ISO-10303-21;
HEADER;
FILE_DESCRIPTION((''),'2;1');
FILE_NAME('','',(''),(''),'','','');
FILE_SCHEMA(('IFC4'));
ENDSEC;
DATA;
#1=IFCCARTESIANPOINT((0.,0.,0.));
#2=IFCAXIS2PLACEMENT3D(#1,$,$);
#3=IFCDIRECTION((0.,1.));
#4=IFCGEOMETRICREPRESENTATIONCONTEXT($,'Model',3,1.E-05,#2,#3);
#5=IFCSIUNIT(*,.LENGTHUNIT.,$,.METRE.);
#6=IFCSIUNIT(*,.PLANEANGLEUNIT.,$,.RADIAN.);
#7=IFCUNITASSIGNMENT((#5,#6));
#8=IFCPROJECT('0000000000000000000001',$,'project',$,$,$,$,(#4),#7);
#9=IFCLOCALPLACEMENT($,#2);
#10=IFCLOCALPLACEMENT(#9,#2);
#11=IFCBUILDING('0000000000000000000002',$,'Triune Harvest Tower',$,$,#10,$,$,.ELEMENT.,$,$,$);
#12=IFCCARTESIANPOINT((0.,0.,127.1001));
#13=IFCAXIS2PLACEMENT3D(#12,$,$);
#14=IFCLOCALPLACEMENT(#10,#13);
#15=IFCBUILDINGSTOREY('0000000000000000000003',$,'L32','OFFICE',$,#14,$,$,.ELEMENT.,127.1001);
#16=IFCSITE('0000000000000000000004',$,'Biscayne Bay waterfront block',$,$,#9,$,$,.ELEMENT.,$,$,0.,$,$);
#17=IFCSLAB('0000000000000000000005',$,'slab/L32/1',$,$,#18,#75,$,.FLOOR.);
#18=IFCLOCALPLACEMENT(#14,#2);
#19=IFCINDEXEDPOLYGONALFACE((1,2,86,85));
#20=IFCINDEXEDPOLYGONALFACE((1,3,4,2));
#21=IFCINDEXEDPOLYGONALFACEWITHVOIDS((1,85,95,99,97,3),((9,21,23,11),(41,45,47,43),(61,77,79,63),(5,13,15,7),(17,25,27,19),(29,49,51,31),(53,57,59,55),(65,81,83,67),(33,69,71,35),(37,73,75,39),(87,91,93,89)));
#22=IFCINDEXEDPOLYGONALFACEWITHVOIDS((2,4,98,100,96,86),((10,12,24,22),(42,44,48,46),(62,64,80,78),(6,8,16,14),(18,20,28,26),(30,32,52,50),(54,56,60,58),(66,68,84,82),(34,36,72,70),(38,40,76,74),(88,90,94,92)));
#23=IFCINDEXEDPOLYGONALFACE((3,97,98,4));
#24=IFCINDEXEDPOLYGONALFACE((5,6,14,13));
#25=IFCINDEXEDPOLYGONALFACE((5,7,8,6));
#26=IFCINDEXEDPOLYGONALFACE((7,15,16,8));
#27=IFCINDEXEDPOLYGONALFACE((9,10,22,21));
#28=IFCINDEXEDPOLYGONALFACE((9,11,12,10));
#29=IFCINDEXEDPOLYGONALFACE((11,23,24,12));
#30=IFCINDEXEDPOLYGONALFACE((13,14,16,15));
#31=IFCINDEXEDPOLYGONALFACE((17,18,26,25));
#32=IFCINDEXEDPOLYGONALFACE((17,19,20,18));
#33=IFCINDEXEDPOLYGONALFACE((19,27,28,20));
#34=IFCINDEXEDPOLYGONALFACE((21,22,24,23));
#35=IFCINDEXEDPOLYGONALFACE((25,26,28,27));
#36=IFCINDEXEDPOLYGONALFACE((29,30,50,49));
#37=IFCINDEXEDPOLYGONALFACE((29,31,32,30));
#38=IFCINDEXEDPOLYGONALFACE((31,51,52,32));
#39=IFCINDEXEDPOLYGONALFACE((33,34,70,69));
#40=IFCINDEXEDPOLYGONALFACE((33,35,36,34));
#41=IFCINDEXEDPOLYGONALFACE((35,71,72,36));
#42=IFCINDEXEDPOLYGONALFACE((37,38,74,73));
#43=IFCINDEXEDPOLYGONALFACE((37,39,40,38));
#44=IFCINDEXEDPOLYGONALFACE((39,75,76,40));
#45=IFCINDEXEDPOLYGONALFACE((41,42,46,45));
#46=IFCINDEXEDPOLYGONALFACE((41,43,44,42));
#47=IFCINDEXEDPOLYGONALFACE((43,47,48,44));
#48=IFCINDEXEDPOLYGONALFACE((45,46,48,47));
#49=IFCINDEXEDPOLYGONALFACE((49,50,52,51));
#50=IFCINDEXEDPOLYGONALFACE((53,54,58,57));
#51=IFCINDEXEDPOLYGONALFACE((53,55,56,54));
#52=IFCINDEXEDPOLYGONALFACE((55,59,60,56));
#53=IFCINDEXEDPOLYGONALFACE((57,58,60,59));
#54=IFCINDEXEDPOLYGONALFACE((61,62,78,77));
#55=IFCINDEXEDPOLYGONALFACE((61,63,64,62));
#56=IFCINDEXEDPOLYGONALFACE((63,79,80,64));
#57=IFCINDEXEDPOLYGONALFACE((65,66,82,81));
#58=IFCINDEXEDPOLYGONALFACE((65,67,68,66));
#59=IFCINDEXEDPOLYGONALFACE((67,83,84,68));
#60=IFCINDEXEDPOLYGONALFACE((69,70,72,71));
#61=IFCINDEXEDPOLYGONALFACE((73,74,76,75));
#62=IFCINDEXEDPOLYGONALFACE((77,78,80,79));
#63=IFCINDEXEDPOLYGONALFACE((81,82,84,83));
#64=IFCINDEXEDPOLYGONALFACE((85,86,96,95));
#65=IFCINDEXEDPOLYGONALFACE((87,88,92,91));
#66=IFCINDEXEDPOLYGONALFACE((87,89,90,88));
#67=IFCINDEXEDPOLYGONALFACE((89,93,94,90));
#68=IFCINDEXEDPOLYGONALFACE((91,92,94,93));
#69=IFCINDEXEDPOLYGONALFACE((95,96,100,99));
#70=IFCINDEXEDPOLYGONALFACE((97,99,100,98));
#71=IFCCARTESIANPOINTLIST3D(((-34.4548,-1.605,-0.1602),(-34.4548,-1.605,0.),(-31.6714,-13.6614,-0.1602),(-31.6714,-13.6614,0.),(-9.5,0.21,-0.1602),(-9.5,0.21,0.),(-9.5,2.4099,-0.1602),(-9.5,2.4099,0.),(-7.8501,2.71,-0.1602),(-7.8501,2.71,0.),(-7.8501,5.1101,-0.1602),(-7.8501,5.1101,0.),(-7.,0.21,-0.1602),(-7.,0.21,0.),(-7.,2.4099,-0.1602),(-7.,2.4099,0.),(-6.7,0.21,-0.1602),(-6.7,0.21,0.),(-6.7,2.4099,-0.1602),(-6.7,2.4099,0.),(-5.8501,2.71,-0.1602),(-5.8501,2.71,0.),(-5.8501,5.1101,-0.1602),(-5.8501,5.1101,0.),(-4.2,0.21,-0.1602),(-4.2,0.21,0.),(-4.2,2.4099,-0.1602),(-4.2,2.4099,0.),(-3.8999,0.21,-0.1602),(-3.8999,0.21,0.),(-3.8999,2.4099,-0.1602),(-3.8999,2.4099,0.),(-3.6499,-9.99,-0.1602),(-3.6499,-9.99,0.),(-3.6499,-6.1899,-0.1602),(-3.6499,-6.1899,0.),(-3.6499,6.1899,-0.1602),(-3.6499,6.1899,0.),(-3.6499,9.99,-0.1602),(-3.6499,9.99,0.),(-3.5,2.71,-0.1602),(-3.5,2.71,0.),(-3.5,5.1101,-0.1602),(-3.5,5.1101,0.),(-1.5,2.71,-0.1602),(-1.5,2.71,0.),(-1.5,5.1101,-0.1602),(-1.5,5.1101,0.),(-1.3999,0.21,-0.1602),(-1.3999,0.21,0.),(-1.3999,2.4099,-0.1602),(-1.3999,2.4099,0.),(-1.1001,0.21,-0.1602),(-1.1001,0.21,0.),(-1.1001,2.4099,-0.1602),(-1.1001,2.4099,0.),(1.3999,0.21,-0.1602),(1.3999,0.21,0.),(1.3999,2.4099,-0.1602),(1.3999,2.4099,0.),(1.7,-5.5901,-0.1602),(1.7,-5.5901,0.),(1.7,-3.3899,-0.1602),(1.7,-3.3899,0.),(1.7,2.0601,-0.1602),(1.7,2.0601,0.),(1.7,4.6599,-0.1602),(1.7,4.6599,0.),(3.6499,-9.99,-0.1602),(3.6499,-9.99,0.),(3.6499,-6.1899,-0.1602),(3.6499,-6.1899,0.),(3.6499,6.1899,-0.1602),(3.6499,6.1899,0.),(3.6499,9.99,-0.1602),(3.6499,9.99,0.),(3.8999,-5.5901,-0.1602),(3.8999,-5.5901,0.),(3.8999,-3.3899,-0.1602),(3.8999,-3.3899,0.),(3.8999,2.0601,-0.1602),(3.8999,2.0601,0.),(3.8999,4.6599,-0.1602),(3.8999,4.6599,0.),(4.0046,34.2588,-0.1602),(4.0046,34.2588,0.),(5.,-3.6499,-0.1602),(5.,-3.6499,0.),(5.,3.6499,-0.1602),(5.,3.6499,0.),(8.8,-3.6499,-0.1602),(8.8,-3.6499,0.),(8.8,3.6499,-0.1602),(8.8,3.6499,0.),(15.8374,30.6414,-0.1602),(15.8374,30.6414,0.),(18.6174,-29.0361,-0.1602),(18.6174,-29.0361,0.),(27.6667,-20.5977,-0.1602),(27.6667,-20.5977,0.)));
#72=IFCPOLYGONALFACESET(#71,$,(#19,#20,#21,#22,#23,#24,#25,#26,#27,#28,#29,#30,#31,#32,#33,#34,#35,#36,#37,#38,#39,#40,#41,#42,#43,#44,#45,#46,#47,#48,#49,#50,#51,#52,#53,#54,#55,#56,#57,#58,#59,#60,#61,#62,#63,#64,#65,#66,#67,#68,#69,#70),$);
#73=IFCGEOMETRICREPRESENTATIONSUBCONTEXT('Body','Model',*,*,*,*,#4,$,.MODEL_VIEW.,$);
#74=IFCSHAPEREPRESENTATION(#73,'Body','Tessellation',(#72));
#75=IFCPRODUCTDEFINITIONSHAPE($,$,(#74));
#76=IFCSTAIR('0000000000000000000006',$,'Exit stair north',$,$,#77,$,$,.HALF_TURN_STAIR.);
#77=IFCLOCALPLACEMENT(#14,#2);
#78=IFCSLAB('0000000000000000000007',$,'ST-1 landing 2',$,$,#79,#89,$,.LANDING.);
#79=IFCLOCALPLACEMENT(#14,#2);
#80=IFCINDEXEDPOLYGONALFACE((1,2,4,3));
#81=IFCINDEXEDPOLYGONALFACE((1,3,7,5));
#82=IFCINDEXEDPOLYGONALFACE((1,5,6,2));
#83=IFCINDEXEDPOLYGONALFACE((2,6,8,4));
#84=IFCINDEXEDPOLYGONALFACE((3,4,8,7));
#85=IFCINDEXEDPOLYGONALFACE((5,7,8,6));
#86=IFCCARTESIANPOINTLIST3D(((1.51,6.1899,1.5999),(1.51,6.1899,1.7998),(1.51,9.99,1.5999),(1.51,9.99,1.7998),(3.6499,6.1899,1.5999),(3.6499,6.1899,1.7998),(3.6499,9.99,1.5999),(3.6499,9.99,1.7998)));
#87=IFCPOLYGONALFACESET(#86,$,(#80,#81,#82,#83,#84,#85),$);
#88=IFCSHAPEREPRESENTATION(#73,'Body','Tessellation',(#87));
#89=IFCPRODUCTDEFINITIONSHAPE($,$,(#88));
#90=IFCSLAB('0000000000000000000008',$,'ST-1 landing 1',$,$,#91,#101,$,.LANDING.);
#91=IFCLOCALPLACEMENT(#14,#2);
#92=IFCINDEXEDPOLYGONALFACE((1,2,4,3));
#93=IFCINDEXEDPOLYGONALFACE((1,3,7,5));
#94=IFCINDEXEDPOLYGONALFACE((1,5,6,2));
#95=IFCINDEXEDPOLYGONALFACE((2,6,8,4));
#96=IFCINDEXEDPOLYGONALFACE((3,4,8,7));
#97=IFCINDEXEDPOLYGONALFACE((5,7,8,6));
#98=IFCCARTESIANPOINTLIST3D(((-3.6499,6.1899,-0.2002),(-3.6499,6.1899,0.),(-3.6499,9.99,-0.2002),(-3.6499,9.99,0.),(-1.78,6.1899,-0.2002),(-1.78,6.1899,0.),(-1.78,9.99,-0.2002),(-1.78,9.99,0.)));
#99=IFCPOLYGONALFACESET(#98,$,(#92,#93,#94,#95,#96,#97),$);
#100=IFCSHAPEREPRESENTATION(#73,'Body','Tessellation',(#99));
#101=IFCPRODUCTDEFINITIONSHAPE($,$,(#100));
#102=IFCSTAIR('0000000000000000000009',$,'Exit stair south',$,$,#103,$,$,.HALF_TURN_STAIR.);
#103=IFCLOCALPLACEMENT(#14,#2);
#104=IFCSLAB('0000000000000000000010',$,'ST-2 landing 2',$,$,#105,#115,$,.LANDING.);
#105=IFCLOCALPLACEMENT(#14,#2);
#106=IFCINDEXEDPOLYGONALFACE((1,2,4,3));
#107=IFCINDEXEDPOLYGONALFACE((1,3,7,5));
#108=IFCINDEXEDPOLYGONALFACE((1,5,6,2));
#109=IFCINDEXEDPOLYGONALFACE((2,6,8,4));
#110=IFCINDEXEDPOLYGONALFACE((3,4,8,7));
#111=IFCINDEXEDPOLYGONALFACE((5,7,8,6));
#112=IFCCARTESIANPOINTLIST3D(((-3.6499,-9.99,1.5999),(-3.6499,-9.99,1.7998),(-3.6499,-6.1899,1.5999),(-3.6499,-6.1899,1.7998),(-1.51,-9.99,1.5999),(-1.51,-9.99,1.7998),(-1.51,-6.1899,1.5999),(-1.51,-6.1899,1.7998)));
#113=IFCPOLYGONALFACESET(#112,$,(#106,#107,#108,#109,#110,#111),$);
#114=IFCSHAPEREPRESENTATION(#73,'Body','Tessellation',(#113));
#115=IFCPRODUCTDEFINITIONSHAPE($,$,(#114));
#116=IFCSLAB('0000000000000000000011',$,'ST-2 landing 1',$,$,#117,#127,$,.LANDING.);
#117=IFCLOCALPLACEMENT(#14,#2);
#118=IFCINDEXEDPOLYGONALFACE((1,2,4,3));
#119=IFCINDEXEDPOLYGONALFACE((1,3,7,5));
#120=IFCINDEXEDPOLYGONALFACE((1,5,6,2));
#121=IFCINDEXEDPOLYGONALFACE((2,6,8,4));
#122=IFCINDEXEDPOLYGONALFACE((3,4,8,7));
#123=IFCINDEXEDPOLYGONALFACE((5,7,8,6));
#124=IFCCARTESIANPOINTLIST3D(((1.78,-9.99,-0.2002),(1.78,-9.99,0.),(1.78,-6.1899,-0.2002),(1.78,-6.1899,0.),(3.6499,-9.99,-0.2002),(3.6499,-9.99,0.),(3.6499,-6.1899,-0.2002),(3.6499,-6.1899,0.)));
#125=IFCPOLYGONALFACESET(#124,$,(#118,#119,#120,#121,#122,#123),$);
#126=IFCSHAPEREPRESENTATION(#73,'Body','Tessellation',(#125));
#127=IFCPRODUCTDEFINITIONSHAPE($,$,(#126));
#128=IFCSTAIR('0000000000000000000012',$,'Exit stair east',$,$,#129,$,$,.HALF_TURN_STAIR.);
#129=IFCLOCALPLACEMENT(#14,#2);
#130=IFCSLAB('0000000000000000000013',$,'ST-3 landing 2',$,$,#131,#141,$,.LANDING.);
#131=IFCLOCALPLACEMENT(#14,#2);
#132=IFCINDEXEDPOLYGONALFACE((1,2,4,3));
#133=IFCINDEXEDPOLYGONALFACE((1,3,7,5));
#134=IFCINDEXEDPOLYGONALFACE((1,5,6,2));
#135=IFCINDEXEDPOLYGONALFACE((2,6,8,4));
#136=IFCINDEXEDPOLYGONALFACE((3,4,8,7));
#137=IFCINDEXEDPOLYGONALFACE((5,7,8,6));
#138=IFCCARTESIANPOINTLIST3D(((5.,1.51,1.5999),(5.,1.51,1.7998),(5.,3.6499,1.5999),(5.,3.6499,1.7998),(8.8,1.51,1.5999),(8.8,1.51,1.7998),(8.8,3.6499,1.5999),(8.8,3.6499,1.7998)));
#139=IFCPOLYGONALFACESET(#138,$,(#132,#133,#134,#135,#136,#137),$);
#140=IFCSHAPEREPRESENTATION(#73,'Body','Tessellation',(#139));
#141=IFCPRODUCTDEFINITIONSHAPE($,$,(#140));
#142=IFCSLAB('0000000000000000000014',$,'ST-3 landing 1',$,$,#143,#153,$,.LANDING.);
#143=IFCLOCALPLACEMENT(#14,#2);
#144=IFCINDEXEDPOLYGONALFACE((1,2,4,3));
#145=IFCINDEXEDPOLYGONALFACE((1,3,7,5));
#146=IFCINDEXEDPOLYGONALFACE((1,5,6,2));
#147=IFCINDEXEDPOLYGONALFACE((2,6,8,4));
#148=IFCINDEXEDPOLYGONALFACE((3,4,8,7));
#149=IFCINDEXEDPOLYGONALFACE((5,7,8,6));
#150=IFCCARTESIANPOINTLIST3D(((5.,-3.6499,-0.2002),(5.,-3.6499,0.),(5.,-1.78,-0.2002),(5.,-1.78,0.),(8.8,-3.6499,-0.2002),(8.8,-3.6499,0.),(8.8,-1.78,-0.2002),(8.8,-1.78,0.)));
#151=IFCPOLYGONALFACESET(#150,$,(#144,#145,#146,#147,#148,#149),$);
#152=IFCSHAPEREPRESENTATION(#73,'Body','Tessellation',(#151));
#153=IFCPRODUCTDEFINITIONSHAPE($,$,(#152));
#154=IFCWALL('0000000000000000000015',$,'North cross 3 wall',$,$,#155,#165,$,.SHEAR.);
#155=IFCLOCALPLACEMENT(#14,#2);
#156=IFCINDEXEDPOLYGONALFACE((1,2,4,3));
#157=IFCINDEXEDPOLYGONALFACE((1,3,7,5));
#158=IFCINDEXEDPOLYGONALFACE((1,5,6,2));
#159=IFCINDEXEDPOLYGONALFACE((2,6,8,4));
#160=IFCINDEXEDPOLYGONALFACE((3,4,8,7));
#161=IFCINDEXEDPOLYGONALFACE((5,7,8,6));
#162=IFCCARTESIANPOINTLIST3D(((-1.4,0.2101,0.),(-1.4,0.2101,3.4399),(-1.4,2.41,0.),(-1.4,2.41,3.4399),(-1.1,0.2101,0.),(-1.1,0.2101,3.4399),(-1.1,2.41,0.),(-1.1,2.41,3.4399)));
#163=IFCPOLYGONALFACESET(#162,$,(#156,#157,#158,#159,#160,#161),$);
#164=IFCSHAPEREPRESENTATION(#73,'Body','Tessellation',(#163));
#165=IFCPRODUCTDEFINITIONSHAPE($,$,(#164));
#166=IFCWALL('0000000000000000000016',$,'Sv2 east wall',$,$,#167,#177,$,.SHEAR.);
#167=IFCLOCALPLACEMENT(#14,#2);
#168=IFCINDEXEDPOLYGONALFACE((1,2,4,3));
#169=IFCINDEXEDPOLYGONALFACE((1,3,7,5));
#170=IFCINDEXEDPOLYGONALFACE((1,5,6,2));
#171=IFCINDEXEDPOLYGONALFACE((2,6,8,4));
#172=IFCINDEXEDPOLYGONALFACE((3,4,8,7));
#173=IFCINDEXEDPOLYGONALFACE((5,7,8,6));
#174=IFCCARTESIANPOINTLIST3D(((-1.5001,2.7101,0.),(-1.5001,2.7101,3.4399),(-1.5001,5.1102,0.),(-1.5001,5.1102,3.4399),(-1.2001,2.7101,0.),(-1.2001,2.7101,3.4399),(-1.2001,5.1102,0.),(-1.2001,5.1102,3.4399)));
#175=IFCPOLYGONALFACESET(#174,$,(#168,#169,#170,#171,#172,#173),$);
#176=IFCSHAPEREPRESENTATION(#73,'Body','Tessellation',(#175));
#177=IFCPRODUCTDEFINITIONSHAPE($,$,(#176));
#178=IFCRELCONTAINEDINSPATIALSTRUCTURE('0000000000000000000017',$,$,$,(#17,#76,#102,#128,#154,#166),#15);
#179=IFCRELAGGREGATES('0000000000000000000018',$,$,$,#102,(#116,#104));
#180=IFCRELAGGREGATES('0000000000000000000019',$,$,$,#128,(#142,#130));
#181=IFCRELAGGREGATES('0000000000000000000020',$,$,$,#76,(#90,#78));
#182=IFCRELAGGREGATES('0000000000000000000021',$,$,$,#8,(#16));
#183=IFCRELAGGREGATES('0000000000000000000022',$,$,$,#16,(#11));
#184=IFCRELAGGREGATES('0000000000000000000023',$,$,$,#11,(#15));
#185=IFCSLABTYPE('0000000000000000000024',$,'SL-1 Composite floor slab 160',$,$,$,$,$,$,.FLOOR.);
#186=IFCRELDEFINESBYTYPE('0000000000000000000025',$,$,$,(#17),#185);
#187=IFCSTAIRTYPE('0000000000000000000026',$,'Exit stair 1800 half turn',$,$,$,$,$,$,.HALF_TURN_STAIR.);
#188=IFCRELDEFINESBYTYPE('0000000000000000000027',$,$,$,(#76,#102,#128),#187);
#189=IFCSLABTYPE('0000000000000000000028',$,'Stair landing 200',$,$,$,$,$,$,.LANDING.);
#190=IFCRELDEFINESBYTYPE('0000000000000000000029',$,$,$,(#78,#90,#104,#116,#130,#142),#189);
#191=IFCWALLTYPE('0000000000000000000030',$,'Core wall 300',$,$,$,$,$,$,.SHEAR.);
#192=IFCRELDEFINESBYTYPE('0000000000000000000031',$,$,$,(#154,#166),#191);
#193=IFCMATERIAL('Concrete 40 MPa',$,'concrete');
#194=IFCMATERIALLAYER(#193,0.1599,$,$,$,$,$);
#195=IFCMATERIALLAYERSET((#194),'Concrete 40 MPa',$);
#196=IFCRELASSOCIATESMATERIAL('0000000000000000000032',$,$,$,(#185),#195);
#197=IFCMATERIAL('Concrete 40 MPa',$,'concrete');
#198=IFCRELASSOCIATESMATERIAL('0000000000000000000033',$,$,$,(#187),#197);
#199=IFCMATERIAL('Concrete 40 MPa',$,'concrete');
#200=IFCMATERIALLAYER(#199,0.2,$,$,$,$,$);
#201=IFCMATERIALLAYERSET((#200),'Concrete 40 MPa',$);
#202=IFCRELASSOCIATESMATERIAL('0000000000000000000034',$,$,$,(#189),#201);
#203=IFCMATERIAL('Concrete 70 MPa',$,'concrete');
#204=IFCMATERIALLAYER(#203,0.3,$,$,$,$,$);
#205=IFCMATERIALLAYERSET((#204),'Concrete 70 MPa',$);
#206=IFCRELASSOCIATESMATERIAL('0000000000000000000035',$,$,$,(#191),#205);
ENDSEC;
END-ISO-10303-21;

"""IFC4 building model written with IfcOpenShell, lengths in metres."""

from ifc_helpers import new_model, si_unit, direction, frame, frame_2d, origin, place, context, subcontext, project, spatial, polyline, rectangle, outline, extrude, source, transform, mapped, material, layer, layer_set, type_object, element, aggregate, save


model = new_model("IFC4")

# Units and contexts
model_context = context("Model", 3, precision=1e-05, world=origin(), true_north=direction((0.0, 1.0)))
body_context = subcontext(model_context, "Body", "Model", "MODEL_VIEW")
ifc_project = project(units=[si_unit("LENGTHUNIT", "METRE"), si_unit("PLANEANGLEUNIT", "RADIAN")], contexts=[model_context])

# Site, building, storey
site_placement = place(None, origin())
site = spatial("IfcSite", under=ifc_project, at=site_placement, Name="Biscayne Bay waterfront block", CompositionType="ELEMENT", RefElevation=0.0)
building_placement = place(site_placement, origin())
building = spatial("IfcBuilding", under=site, at=building_placement, Name="Triune Harvest Tower", CompositionType="ELEMENT")
storey_placement = place(building_placement, frame((0.0, 0.0, 127.1001)))
storey = spatial("IfcBuildingStorey", under=building, at=storey_placement, Name="L32", Description="OFFICE", CompositionType="ELEMENT", Elevation=127.1001)

# Slab
ifc_material_1 = material(Name="Concrete 40 MPa", Category="concrete")
ifc_layer_1 = layer(ifc_material_1, 0.1599)
ifc_layer_set_1 = layer_set([ifc_layer_1], Name="Concrete 40 MPa")
slab_type_1 = type_object("IfcSlabType", Name="SL-1 Composite floor slab 160", PredefinedType="FLOOR", material=ifc_layer_set_1)
shared_shape_1 = source(origin(), body_context, "Body", "SweptSolid", [
    extrude(outline(polyline([(27.6667, -20.5977), (15.8374, 30.6414), (4.0046, 34.2588), (-34.4548, -1.605), (-31.6714, -13.6614), (18.6174, -29.0361), (27.6667, -20.5977)]), holes=[polyline([(-7.0, 0.21), (-7.0, 2.4099), (-9.5, 2.4099), (-9.5, 0.21), (-7.0, 0.21)]), polyline([(-4.2, 0.21), (-4.2, 2.4099), (-6.7, 2.4099), (-6.7, 0.21), (-4.2, 0.21)]), polyline([(-1.3999, 0.21), (-1.3999, 2.4099), (-3.8999, 2.4099), (-3.8999, 0.21), (-1.3999, 0.21)]), polyline([(1.3999, 0.21), (1.3999, 2.4099), (-1.1001, 2.4099), (-1.1001, 0.21), (1.3999, 0.21)]), polyline([(3.8999, 2.0601), (3.8999, 4.6599), (1.7, 4.6599), (1.7, 2.0601), (3.8999, 2.0601)]), polyline([(3.8999, -5.5901), (3.8999, -3.3899), (1.7, -3.3899), (1.7, -5.5901), (3.8999, -5.5901)]), polyline([(-5.8501, 2.71), (-5.8501, 5.1101), (-7.8501, 5.1101), (-7.8501, 2.71), (-5.8501, 2.71)]), polyline([(-1.5, 2.71), (-1.5, 5.1101), (-3.5, 5.1101), (-3.5, 2.71), (-1.5, 2.71)]), polyline([(3.6499, 6.1899), (3.6499, 9.99), (-3.6499, 9.99), (-3.6499, 6.1899), (3.6499, 6.1899)]), polyline([(3.6499, -9.99), (3.6499, -6.1899), (-3.6499, -6.1899), (-3.6499, -9.99), (3.6499, -9.99)]), polyline([(8.8, -3.6499), (8.8, 3.6499), (5.0, 3.6499), (5.0, -3.6499), (8.8, -3.6499)])]), origin(), (0.0, 0.0, 1.0), 0.1602),
])
slab_1_placement = place(storey_placement, frame((0.0, 0.0, -0.1602)))
element("IfcSlab", 1, at=slab_1_placement, inside=storey, type_object=slab_type_1, Name="slab/L32/1", PredefinedType="FLOOR", context=body_context, shape_type="MappedRepresentation", body=[
    mapped(shared_shape_1, transform((0.0, 0.0, 0.0), scale=1.0)),
])

# Stairs, slabs
ifc_material_2 = material(Name="Concrete 40 MPa", Category="concrete")
stair_type = type_object("IfcStairType", Name="Exit stair 1800 half turn", PredefinedType="HALF_TURN_STAIR", material=ifc_material_2)
stair_1_placement = place(storey_placement, origin())
stair_1 = element("IfcStair", 2, at=stair_1_placement, inside=storey, type_object=stair_type, Name="Exit stair north", PredefinedType="HALF_TURN_STAIR")
ifc_material_3 = material(Name="Concrete 40 MPa", Category="concrete")
ifc_layer_2 = layer(ifc_material_3, 0.2)
ifc_layer_set_2 = layer_set([ifc_layer_2], Name="Concrete 40 MPa")
slab_type_2 = type_object("IfcSlabType", Name="Stair landing 200", PredefinedType="LANDING", material=ifc_layer_set_2)
shared_shape_2 = source(origin(), body_context, "Body", "SweptSolid", [
    extrude(outline(polyline([(1.51, 6.1899), (3.6499, 6.1899), (3.6499, 9.99), (1.51, 9.99), (1.51, 6.1899)])), origin(), (0.0, 0.0, 1.0), 0.2),
])
slab_2_placement = place(storey_placement, frame((0.0, 0.0, 1.5999)))
slab_2 = element("IfcSlab", 3, at=slab_2_placement, type_object=slab_type_2, Name="ST-1 landing 2", PredefinedType="LANDING", context=body_context, shape_type="MappedRepresentation", body=[
    mapped(shared_shape_2, transform((0.0, 0.0, 0.0), scale=1.0)),
])
shared_shape_3 = source(origin(), body_context, "Body", "SweptSolid", [
    extrude(outline(polyline([(-3.6499, 6.1899), (-1.78, 6.1899), (-1.78, 9.99), (-3.6499, 9.99), (-3.6499, 6.1899)])), origin(), (0.0, 0.0, 1.0), 0.2002),
])
slab_3_placement = place(storey_placement, frame((0.0, 0.0, -0.2002)))
slab_3 = element("IfcSlab", 4, at=slab_3_placement, type_object=slab_type_2, Name="ST-1 landing 1", PredefinedType="LANDING", context=body_context, shape_type="MappedRepresentation", body=[
    mapped(shared_shape_3, transform((0.0, 0.0, 0.0), scale=1.0)),
])
stair_2_placement = place(storey_placement, origin())
stair_2 = element("IfcStair", 5, at=stair_2_placement, inside=storey, type_object=stair_type, Name="Exit stair south", PredefinedType="HALF_TURN_STAIR")
shared_shape_4 = source(origin(), body_context, "Body", "SweptSolid", [
    extrude(outline(polyline([(-1.51, -6.1899), (-3.6499, -6.1899), (-3.6499, -9.99), (-1.51, -9.99), (-1.51, -6.1899)])), origin(), (0.0, 0.0, 1.0), 0.2),
])
slab_4_placement = place(storey_placement, frame((0.0, 0.0, 1.5999)))
slab_4 = element("IfcSlab", 6, at=slab_4_placement, type_object=slab_type_2, Name="ST-2 landing 2", PredefinedType="LANDING", context=body_context, shape_type="MappedRepresentation", body=[
    mapped(shared_shape_4, transform((0.0, 0.0, 0.0), scale=1.0)),
])
shared_shape_5 = source(origin(), body_context, "Body", "SweptSolid", [
    extrude(outline(polyline([(3.6499, -6.1899), (1.78, -6.1899), (1.78, -9.99), (3.6499, -9.99), (3.6499, -6.1899)])), origin(), (0.0, 0.0, 1.0), 0.2002),
])
slab_5_placement = place(storey_placement, frame((0.0, 0.0, -0.2002)))
slab_5 = element("IfcSlab", 7, at=slab_5_placement, type_object=slab_type_2, Name="ST-2 landing 1", PredefinedType="LANDING", context=body_context, shape_type="MappedRepresentation", body=[
    mapped(shared_shape_5, transform((0.0, 0.0, 0.0), scale=1.0)),
])
aggregate(stair_2, [slab_5, slab_4])
stair_3_placement = place(storey_placement, origin())
stair_3 = element("IfcStair", 8, at=stair_3_placement, inside=storey, type_object=stair_type, Name="Exit stair east", PredefinedType="HALF_TURN_STAIR")
shared_shape_6 = source(origin(), body_context, "Body", "SweptSolid", [
    extrude(outline(polyline([(8.8, 1.51), (8.8, 3.6499), (5.0, 3.6499), (5.0, 1.51), (8.8, 1.51)])), origin(), (0.0, 0.0, 1.0), 0.2),
])
slab_6_placement = place(storey_placement, frame((0.0, 0.0, 1.5999)))
slab_6 = element("IfcSlab", 9, at=slab_6_placement, type_object=slab_type_2, Name="ST-3 landing 2", PredefinedType="LANDING", context=body_context, shape_type="MappedRepresentation", body=[
    mapped(shared_shape_6, transform((0.0, 0.0, 0.0), scale=1.0)),
])
shared_shape_7 = source(origin(), body_context, "Body", "SweptSolid", [
    extrude(outline(polyline([(8.8, -3.6499), (8.8, -1.78), (5.0, -1.78), (5.0, -3.6499), (8.8, -3.6499)])), origin(), (0.0, 0.0, 1.0), 0.2002),
])
slab_7_placement = place(storey_placement, frame((0.0, 0.0, -0.2002)))
slab_7 = element("IfcSlab", 10, at=slab_7_placement, type_object=slab_type_2, Name="ST-3 landing 1", PredefinedType="LANDING", context=body_context, shape_type="MappedRepresentation", body=[
    mapped(shared_shape_7, transform((0.0, 0.0, 0.0), scale=1.0)),
])
aggregate(stair_3, [slab_7, slab_6])

# Walls
ifc_material_4 = material(Name="Concrete 70 MPa", Category="concrete")
ifc_layer_3 = layer(ifc_material_4, 0.3)
ifc_layer_set_3 = layer_set([ifc_layer_3], Name="Concrete 70 MPa")
wall_type = type_object("IfcWallType", Name="Core wall 300", PredefinedType="SHEAR", material=ifc_layer_set_3)
shared_shape_8 = source(origin(), body_context, "Body", "SweptSolid", [
    extrude(rectangle(XDim=2.2, YDim=0.3, at=frame_2d((1.1001, 0.0))), origin(), (0.0, 0.0, 1.0), 3.4399),
])
wall_1_placement = place(storey_placement, frame((-1.25, 0.21, 0.0), z_axis=(0.0, 0.0, 1.0), x_axis=(0.0, 1.0, 0.0)))
element("IfcWall", 11, at=wall_1_placement, inside=storey, type_object=wall_type, Name="North cross 3 wall", PredefinedType="SHEAR", context=body_context, shape_type="MappedRepresentation", body=[
    mapped(shared_shape_8, transform((0.0, 0.0, 0.0), scale=1.0)),
])
shared_shape_9 = source(origin(), body_context, "Body", "SweptSolid", [
    extrude(rectangle(XDim=2.4001, YDim=0.3, at=frame_2d((1.2002, 0.0))), origin(), (0.0, 0.0, 1.0), 3.4399),
])
wall_2_placement = place(storey_placement, frame((-1.3501, 2.71, 0.0), z_axis=(0.0, 0.0, 1.0), x_axis=(0.0, 1.0, 0.0)))
element("IfcWall", 12, at=wall_2_placement, inside=storey, type_object=wall_type, Name="Sv2 east wall", PredefinedType="SHEAR", context=body_context, shape_type="MappedRepresentation", body=[
    mapped(shared_shape_9, transform((0.0, 0.0, 0.0), scale=1.0)),
])

aggregate(stair_1, [slab_3, slab_2])

save(model, "model.ifc")
